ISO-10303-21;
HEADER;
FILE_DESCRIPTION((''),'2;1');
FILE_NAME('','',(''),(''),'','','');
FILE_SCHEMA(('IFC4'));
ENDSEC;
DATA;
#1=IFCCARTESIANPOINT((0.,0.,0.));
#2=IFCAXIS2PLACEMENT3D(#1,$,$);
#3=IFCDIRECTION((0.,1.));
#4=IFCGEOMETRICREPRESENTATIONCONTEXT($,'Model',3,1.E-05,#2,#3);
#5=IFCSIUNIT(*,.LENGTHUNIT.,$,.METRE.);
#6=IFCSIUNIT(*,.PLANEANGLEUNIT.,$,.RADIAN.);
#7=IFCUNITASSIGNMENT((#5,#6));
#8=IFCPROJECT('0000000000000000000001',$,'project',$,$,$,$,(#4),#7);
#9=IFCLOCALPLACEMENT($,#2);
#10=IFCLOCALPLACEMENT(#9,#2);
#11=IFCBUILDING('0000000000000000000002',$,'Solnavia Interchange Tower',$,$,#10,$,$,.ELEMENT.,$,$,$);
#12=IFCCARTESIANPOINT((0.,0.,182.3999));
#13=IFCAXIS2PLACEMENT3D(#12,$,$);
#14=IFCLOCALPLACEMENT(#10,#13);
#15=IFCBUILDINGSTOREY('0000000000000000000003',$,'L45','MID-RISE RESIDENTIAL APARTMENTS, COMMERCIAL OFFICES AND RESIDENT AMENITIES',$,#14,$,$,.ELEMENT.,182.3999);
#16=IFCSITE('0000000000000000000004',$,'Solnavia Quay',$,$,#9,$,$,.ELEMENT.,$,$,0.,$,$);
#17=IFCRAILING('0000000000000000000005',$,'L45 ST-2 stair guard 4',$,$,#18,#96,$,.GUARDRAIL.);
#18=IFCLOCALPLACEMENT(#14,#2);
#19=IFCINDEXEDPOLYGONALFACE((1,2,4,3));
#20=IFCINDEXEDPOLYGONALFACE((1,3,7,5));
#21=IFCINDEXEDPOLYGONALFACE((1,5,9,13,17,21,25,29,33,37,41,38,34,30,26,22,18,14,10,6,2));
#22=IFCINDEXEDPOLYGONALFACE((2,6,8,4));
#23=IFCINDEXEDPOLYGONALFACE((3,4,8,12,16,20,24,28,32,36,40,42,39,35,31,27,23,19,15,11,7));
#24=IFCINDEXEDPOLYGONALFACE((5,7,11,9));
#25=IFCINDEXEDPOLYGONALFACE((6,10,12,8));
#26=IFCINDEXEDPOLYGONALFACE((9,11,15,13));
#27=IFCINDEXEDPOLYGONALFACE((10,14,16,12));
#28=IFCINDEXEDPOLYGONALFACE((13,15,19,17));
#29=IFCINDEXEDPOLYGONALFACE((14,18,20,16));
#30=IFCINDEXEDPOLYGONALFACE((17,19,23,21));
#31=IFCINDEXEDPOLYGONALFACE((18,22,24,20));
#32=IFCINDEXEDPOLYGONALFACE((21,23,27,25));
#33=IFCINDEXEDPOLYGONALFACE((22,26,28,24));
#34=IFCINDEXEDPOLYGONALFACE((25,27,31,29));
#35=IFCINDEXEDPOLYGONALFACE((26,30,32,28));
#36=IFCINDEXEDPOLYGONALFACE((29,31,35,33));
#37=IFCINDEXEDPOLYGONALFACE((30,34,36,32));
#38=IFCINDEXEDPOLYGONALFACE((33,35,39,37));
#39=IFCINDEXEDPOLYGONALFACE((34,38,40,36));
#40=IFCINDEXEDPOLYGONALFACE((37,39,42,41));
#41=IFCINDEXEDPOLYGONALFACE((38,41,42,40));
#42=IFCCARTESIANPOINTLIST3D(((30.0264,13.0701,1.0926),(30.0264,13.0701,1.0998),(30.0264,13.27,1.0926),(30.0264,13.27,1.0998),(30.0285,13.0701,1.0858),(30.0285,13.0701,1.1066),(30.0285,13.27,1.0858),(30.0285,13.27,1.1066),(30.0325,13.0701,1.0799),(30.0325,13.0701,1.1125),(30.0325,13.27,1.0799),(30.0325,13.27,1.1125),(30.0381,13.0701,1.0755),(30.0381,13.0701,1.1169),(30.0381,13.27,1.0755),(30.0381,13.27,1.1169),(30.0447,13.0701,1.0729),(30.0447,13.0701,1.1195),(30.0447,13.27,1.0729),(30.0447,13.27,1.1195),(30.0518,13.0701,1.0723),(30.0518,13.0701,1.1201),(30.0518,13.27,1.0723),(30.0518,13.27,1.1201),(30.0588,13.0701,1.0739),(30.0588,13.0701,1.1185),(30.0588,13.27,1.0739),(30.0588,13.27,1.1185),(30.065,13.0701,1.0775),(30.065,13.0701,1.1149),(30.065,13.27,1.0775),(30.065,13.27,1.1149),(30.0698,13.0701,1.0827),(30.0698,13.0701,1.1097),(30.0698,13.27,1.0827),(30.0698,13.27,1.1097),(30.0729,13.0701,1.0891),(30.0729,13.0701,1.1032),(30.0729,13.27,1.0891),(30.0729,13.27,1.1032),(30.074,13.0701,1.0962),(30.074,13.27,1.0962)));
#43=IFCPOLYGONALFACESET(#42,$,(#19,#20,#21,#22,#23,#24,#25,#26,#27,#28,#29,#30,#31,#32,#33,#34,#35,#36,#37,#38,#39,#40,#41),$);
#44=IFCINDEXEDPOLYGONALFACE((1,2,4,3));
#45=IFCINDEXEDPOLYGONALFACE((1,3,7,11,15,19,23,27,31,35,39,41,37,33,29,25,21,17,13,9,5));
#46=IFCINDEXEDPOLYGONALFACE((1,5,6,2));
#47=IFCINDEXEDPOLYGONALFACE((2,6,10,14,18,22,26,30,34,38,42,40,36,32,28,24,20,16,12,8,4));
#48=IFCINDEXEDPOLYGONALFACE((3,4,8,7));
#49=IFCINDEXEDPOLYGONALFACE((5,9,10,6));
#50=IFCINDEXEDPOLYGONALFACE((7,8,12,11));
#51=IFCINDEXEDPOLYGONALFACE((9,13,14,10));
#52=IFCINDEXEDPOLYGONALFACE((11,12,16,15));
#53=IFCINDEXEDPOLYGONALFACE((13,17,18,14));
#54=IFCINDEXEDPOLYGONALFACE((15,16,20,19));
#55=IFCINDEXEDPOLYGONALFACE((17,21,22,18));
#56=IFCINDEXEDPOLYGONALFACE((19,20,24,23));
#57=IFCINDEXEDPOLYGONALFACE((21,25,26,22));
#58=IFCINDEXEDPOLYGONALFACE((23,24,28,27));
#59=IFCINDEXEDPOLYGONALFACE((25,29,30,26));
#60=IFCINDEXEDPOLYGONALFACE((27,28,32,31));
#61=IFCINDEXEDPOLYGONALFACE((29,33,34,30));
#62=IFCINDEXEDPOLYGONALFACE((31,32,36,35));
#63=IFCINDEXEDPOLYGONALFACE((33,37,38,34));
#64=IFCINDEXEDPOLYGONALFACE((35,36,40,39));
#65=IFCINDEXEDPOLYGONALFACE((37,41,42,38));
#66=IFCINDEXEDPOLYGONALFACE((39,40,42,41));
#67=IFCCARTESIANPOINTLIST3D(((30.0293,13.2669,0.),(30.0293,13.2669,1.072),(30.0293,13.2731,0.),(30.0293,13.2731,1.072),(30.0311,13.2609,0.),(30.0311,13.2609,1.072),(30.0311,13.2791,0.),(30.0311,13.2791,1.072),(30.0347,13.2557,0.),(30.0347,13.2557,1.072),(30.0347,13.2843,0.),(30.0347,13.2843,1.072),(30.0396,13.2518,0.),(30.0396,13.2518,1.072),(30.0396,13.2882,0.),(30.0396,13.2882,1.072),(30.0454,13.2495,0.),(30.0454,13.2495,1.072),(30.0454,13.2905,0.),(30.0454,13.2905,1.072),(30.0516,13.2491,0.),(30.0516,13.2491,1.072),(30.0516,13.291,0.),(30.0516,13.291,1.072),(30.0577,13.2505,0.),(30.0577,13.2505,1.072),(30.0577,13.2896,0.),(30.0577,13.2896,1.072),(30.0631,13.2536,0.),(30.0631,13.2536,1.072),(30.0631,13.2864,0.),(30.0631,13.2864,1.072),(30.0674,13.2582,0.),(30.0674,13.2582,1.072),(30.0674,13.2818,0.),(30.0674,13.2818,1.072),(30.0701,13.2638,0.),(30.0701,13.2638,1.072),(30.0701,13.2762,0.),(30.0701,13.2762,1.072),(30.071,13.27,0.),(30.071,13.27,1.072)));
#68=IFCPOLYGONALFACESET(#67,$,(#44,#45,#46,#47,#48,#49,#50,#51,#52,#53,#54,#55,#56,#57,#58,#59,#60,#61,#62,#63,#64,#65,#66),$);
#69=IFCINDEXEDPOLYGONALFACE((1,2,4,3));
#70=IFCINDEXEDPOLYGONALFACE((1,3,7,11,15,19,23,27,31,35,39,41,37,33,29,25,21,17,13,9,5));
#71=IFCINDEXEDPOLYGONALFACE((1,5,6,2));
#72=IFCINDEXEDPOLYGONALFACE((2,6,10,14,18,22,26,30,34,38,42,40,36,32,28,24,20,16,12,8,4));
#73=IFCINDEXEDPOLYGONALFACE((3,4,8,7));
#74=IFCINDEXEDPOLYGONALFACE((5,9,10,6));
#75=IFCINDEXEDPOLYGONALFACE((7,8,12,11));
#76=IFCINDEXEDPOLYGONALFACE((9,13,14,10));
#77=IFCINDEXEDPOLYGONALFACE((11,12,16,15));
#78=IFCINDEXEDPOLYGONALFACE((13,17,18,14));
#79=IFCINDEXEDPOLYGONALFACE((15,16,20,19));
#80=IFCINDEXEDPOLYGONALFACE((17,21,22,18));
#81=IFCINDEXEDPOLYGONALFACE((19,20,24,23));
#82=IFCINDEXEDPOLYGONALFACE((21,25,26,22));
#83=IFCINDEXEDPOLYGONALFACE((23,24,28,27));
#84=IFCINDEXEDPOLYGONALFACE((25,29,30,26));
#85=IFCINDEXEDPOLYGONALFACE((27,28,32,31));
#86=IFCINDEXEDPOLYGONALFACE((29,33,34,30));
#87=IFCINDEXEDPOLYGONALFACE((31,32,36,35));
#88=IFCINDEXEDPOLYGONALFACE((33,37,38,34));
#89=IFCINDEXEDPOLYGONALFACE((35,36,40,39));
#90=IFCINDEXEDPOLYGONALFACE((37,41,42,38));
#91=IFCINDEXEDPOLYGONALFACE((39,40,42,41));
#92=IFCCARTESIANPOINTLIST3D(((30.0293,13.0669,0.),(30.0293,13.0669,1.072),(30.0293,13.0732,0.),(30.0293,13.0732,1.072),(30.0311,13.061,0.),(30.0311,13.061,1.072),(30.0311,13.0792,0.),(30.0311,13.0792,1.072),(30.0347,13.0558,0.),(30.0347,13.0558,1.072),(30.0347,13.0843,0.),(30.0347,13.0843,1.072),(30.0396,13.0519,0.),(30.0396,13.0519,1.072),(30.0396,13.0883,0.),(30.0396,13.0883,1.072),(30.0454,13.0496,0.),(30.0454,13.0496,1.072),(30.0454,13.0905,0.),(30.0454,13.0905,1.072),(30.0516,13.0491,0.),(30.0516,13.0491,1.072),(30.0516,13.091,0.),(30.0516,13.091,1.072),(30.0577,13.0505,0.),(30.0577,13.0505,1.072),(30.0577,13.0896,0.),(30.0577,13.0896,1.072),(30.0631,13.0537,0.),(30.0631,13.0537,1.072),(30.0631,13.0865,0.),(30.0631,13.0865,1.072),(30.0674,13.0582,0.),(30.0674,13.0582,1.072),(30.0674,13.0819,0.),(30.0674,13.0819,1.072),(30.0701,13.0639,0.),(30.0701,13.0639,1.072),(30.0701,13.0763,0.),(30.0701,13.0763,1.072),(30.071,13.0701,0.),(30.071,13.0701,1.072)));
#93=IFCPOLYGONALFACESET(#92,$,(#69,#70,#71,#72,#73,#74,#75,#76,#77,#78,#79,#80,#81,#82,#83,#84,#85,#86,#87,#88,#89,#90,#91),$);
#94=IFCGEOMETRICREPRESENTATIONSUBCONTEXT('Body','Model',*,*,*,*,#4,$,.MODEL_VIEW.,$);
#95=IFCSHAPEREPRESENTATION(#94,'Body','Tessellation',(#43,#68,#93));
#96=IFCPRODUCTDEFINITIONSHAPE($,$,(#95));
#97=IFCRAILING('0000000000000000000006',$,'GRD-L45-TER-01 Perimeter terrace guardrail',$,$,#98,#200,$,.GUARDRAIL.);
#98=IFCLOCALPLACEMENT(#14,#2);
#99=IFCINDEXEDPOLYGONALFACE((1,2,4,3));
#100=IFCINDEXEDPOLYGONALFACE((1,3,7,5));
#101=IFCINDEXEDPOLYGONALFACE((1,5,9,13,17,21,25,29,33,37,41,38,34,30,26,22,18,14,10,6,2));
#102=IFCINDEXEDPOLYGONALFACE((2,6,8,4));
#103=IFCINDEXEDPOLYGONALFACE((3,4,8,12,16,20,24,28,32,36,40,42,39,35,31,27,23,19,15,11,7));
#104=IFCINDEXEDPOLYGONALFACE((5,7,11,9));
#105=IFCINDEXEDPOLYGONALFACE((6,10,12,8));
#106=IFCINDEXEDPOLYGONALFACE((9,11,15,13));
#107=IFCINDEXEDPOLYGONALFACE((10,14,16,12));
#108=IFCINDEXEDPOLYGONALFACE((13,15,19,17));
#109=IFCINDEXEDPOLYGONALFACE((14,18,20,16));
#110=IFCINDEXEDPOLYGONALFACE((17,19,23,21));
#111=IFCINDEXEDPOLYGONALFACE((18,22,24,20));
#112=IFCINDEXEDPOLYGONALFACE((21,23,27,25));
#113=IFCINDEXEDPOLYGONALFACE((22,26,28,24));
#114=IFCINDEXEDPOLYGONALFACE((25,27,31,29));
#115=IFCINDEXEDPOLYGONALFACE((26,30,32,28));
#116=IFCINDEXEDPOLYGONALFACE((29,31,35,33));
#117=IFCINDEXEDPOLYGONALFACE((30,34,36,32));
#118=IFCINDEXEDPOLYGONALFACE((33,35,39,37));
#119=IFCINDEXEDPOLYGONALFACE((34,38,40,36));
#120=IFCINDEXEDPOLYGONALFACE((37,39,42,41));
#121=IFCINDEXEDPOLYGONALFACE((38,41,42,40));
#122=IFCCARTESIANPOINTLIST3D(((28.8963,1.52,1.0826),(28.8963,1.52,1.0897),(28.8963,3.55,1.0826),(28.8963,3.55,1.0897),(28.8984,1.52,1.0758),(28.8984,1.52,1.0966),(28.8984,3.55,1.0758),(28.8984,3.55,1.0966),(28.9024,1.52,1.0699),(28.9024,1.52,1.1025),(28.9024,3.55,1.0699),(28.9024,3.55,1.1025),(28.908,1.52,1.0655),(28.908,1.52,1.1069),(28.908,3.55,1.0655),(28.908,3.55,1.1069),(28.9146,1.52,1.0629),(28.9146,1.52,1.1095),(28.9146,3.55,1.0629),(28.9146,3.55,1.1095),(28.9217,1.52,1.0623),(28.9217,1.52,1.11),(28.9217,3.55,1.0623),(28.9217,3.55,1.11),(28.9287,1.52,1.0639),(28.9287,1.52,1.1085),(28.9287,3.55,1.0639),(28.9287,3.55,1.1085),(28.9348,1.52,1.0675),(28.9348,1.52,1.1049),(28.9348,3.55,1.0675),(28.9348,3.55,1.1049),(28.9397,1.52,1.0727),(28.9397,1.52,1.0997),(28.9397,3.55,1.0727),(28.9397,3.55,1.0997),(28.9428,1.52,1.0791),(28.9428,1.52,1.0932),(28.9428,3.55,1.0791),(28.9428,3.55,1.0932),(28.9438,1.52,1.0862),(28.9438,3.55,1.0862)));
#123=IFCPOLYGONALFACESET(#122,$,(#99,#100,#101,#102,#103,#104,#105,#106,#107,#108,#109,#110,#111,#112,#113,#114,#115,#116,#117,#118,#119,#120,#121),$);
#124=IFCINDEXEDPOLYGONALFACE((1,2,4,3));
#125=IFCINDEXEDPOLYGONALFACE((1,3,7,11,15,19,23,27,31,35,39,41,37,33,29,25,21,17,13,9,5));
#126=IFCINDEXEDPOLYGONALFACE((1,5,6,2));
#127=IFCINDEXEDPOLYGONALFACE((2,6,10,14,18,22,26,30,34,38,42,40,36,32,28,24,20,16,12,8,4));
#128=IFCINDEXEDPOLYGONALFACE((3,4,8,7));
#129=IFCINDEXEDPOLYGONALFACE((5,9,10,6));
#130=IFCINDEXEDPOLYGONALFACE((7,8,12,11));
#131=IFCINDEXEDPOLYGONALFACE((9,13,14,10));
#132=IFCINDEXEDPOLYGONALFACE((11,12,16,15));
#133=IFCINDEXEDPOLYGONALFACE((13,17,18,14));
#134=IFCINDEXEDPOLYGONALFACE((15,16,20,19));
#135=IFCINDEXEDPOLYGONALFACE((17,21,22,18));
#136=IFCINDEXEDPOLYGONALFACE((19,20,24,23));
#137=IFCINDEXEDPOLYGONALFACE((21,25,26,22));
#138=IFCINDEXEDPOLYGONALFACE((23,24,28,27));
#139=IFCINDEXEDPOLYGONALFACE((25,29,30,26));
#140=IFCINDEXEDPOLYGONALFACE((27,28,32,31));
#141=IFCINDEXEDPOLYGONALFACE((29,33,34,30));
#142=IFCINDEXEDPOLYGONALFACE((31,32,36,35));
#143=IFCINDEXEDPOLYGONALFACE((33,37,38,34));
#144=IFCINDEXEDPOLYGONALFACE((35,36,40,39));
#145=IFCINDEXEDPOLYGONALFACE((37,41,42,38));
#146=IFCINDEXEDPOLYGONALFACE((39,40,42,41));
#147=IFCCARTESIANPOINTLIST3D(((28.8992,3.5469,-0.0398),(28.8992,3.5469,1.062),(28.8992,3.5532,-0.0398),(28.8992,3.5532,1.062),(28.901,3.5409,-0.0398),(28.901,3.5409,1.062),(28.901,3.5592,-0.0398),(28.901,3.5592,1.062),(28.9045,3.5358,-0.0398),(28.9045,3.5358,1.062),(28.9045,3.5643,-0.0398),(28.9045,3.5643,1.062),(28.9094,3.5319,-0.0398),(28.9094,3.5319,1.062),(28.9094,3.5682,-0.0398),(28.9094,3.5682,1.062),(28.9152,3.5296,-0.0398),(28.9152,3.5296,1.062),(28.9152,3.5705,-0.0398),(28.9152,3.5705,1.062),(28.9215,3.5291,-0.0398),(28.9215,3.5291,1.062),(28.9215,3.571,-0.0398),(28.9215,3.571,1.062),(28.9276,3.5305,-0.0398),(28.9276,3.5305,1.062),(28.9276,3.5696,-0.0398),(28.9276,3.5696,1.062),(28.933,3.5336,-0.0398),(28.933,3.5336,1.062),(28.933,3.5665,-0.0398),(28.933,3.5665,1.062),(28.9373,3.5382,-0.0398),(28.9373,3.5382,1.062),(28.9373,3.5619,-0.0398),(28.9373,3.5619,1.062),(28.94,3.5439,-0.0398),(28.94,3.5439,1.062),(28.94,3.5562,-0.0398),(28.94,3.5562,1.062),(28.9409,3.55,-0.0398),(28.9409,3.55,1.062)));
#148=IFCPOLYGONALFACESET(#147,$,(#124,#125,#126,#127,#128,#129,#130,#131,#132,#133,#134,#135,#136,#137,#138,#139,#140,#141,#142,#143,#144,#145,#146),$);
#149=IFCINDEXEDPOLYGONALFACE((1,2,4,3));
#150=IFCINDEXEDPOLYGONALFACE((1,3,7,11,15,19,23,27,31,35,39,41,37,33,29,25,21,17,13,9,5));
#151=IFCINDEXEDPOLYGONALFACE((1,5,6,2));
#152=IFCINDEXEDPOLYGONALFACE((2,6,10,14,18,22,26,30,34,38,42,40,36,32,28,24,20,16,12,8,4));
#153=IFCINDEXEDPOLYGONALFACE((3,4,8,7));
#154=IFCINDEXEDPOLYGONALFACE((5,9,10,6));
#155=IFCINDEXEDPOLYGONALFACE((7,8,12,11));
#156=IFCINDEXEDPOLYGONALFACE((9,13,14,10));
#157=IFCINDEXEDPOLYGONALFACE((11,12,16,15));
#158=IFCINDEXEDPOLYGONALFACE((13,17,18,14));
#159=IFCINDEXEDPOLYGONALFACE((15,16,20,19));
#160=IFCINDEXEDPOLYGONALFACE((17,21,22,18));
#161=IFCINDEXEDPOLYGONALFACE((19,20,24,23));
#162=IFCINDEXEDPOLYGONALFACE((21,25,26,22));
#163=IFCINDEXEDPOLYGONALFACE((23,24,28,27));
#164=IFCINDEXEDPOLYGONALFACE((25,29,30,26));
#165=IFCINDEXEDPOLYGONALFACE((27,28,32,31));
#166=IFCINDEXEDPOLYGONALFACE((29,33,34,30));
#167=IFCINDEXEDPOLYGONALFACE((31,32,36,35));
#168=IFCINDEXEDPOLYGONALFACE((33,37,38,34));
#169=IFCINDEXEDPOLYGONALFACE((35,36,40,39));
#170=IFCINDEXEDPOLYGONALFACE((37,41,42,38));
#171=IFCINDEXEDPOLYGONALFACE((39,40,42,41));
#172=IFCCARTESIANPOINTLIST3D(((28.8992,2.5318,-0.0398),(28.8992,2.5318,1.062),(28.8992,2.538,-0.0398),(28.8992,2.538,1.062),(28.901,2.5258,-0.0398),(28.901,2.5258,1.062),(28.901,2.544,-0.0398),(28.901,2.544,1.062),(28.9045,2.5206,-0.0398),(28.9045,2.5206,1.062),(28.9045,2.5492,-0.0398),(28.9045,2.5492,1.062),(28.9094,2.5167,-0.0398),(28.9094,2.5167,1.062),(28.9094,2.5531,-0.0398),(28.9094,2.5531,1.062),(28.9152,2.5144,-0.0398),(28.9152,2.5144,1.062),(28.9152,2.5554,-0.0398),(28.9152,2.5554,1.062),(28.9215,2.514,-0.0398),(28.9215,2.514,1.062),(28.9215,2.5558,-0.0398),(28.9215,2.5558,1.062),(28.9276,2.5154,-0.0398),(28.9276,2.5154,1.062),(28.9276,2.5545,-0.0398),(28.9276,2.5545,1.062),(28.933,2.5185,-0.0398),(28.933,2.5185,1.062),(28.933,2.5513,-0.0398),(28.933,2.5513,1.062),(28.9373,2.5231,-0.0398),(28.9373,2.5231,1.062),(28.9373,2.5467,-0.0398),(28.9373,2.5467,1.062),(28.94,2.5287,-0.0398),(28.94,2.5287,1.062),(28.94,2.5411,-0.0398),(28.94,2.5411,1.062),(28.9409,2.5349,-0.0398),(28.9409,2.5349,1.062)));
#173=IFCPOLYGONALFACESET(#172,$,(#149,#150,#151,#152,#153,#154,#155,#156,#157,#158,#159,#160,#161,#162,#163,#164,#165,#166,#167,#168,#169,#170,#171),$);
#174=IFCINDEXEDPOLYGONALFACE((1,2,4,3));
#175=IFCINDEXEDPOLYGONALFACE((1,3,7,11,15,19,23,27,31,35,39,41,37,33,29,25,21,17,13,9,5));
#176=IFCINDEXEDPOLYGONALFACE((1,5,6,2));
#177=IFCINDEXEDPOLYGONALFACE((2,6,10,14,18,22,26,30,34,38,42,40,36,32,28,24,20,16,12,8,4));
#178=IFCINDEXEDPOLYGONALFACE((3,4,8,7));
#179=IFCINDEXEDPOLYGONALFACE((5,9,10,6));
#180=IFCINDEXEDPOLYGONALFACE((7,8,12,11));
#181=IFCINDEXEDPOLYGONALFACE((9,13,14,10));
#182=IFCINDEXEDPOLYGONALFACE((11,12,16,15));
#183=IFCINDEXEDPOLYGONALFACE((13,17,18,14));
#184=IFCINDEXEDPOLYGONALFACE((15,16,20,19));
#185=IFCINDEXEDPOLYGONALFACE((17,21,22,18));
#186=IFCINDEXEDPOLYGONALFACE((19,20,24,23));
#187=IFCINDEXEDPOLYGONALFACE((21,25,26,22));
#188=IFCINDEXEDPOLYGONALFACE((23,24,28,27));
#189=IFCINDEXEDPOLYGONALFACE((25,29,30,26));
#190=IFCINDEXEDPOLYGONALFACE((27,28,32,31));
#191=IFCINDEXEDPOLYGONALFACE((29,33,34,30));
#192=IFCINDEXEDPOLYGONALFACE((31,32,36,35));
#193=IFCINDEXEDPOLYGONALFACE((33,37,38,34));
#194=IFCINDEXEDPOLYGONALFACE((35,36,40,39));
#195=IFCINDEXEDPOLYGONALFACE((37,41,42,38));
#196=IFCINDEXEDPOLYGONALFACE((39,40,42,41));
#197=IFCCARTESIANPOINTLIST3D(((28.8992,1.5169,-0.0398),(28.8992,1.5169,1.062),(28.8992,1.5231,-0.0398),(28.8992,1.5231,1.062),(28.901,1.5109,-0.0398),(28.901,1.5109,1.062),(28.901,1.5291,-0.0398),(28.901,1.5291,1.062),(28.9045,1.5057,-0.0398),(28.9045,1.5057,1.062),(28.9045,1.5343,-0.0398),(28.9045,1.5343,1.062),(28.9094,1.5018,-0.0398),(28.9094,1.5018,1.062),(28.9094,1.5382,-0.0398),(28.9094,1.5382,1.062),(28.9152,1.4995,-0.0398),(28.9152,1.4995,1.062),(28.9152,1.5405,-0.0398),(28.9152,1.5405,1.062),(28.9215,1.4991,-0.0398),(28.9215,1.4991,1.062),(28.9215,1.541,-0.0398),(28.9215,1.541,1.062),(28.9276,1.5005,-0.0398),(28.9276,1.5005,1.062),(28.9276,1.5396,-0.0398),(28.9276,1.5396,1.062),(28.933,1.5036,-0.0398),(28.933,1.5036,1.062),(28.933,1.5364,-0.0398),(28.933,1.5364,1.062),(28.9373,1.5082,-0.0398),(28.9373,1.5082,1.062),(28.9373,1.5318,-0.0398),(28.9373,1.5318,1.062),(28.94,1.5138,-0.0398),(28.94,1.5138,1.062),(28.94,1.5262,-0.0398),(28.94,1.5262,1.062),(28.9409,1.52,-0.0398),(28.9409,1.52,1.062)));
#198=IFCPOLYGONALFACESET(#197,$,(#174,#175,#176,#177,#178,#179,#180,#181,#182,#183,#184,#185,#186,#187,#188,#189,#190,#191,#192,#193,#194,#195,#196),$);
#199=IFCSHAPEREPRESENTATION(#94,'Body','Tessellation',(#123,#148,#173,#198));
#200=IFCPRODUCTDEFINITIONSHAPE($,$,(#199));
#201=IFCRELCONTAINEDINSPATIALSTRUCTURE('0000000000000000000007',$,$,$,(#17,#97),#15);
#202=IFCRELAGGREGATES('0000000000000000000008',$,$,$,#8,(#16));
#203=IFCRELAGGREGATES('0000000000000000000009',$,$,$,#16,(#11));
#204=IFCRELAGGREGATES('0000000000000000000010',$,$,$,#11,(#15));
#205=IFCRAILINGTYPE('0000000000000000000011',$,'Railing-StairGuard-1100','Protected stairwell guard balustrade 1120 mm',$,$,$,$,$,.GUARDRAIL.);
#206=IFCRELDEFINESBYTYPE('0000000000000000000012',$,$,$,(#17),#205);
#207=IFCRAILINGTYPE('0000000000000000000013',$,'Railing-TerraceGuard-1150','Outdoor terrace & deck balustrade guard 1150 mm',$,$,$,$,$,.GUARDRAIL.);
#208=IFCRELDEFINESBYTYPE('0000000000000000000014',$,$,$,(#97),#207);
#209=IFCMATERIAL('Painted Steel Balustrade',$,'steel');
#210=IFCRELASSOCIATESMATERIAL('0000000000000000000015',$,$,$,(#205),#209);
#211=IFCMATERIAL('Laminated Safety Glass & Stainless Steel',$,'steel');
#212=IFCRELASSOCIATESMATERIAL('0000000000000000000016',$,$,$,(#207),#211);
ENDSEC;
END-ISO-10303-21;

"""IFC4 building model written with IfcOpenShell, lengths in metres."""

from ifc_helpers import new_model, si_unit, direction, frame, origin, origin_2d, place, context, subcontext, project, spatial, circle, extrude, material, type_object, element, save


model = new_model("IFC4")

# Units and contexts
model_context = context("Model", 3, precision=1e-05, world=origin(), true_north=direction((0.0, 1.0)))
body_context = subcontext(model_context, "Body", "Model", "MODEL_VIEW")
ifc_project = project(units=[si_unit("LENGTHUNIT", "METRE"), si_unit("PLANEANGLEUNIT", "RADIAN")], contexts=[model_context])

# Site, building, storey
site_placement = place(None, origin())
site = spatial("IfcSite", under=ifc_project, at=site_placement, Name="Solnavia Quay", CompositionType="ELEMENT", RefElevation=0.0)
building_placement = place(site_placement, origin())
building = spatial("IfcBuilding", under=site, at=building_placement, Name="Solnavia Interchange Tower", CompositionType="ELEMENT")
storey_placement = place(building_placement, frame((0.0, 0.0, 182.3999)))
storey = spatial("IfcBuildingStorey", under=building, at=storey_placement, Name="L45", Description="MID-RISE RESIDENTIAL APARTMENTS, COMMERCIAL OFFICES AND RESIDENT AMENITIES", CompositionType="ELEMENT", Elevation=182.3999)

# Railings
ifc_material_1 = material(Name="Painted Steel Balustrade", Category="steel")
railing_type_1 = type_object("IfcRailingType", Name="Railing-StairGuard-1100", Description="Protected stairwell guard balustrade 1120 mm", PredefinedType="GUARDRAIL", material=ifc_material_1)
railing_1_placement = place(storey_placement, frame((30.05, 13.27, 0.0)))
element("IfcRailing", 1, at=railing_1_placement, inside=storey, type_object=railing_type_1, Name="L45 ST-2 stair guard 4", PredefinedType="GUARDRAIL", context=body_context, shape_type="SweptSolid", body=[
    extrude(circle(Radius=0.0239, at=origin_2d()), frame((0.0, 0.0, 1.0962), z_axis=(0.0, -1.0, 0.0), x_axis=(1.0, 0.0, 0.0)), (0.0, 0.0, 1.0), 0.2),
    extrude(circle(Radius=0.021, at=origin_2d()), origin(), (0.0, 0.0, 1.0), 1.072),
    extrude(circle(Radius=0.021, at=origin_2d()), frame((0.0, -0.2, 0.0)), (0.0, 0.0, 1.0), 1.072),
])
ifc_material_2 = material(Name="Laminated Safety Glass & Stainless Steel", Category="steel")
railing_type_2 = type_object("IfcRailingType", Name="Railing-TerraceGuard-1150", Description="Outdoor terrace & deck balustrade guard 1150 mm", PredefinedType="GUARDRAIL", material=ifc_material_2)
railing_2_placement = place(storey_placement, frame((28.9199, 3.55, -0.0398)))
element("IfcRailing", 2, at=railing_2_placement, inside=storey, type_object=railing_type_2, Name="GRD-L45-TER-01 Perimeter terrace guardrail", PredefinedType="GUARDRAIL", context=body_context, shape_type="SweptSolid", body=[
    extrude(circle(Radius=0.0239, at=origin_2d()), frame((0.0, 0.0, 1.126), z_axis=(0.0, -1.0, 0.0), x_axis=(1.0, 0.0, 0.0)), (0.0, 0.0, 1.0), 2.03),
    extrude(circle(Radius=0.021, at=origin_2d()), origin(), (0.0, 0.0, 1.0), 1.1018),
    extrude(circle(Radius=0.021, at=origin_2d()), frame((0.0, -1.0151, 0.0)), (0.0, 0.0, 1.0), 1.1018),
    extrude(circle(Radius=0.021, at=origin_2d()), frame((0.0, -2.03, 0.0)), (0.0, 0.0, 1.0), 1.1018),
])

save(model, "model.ifc")
